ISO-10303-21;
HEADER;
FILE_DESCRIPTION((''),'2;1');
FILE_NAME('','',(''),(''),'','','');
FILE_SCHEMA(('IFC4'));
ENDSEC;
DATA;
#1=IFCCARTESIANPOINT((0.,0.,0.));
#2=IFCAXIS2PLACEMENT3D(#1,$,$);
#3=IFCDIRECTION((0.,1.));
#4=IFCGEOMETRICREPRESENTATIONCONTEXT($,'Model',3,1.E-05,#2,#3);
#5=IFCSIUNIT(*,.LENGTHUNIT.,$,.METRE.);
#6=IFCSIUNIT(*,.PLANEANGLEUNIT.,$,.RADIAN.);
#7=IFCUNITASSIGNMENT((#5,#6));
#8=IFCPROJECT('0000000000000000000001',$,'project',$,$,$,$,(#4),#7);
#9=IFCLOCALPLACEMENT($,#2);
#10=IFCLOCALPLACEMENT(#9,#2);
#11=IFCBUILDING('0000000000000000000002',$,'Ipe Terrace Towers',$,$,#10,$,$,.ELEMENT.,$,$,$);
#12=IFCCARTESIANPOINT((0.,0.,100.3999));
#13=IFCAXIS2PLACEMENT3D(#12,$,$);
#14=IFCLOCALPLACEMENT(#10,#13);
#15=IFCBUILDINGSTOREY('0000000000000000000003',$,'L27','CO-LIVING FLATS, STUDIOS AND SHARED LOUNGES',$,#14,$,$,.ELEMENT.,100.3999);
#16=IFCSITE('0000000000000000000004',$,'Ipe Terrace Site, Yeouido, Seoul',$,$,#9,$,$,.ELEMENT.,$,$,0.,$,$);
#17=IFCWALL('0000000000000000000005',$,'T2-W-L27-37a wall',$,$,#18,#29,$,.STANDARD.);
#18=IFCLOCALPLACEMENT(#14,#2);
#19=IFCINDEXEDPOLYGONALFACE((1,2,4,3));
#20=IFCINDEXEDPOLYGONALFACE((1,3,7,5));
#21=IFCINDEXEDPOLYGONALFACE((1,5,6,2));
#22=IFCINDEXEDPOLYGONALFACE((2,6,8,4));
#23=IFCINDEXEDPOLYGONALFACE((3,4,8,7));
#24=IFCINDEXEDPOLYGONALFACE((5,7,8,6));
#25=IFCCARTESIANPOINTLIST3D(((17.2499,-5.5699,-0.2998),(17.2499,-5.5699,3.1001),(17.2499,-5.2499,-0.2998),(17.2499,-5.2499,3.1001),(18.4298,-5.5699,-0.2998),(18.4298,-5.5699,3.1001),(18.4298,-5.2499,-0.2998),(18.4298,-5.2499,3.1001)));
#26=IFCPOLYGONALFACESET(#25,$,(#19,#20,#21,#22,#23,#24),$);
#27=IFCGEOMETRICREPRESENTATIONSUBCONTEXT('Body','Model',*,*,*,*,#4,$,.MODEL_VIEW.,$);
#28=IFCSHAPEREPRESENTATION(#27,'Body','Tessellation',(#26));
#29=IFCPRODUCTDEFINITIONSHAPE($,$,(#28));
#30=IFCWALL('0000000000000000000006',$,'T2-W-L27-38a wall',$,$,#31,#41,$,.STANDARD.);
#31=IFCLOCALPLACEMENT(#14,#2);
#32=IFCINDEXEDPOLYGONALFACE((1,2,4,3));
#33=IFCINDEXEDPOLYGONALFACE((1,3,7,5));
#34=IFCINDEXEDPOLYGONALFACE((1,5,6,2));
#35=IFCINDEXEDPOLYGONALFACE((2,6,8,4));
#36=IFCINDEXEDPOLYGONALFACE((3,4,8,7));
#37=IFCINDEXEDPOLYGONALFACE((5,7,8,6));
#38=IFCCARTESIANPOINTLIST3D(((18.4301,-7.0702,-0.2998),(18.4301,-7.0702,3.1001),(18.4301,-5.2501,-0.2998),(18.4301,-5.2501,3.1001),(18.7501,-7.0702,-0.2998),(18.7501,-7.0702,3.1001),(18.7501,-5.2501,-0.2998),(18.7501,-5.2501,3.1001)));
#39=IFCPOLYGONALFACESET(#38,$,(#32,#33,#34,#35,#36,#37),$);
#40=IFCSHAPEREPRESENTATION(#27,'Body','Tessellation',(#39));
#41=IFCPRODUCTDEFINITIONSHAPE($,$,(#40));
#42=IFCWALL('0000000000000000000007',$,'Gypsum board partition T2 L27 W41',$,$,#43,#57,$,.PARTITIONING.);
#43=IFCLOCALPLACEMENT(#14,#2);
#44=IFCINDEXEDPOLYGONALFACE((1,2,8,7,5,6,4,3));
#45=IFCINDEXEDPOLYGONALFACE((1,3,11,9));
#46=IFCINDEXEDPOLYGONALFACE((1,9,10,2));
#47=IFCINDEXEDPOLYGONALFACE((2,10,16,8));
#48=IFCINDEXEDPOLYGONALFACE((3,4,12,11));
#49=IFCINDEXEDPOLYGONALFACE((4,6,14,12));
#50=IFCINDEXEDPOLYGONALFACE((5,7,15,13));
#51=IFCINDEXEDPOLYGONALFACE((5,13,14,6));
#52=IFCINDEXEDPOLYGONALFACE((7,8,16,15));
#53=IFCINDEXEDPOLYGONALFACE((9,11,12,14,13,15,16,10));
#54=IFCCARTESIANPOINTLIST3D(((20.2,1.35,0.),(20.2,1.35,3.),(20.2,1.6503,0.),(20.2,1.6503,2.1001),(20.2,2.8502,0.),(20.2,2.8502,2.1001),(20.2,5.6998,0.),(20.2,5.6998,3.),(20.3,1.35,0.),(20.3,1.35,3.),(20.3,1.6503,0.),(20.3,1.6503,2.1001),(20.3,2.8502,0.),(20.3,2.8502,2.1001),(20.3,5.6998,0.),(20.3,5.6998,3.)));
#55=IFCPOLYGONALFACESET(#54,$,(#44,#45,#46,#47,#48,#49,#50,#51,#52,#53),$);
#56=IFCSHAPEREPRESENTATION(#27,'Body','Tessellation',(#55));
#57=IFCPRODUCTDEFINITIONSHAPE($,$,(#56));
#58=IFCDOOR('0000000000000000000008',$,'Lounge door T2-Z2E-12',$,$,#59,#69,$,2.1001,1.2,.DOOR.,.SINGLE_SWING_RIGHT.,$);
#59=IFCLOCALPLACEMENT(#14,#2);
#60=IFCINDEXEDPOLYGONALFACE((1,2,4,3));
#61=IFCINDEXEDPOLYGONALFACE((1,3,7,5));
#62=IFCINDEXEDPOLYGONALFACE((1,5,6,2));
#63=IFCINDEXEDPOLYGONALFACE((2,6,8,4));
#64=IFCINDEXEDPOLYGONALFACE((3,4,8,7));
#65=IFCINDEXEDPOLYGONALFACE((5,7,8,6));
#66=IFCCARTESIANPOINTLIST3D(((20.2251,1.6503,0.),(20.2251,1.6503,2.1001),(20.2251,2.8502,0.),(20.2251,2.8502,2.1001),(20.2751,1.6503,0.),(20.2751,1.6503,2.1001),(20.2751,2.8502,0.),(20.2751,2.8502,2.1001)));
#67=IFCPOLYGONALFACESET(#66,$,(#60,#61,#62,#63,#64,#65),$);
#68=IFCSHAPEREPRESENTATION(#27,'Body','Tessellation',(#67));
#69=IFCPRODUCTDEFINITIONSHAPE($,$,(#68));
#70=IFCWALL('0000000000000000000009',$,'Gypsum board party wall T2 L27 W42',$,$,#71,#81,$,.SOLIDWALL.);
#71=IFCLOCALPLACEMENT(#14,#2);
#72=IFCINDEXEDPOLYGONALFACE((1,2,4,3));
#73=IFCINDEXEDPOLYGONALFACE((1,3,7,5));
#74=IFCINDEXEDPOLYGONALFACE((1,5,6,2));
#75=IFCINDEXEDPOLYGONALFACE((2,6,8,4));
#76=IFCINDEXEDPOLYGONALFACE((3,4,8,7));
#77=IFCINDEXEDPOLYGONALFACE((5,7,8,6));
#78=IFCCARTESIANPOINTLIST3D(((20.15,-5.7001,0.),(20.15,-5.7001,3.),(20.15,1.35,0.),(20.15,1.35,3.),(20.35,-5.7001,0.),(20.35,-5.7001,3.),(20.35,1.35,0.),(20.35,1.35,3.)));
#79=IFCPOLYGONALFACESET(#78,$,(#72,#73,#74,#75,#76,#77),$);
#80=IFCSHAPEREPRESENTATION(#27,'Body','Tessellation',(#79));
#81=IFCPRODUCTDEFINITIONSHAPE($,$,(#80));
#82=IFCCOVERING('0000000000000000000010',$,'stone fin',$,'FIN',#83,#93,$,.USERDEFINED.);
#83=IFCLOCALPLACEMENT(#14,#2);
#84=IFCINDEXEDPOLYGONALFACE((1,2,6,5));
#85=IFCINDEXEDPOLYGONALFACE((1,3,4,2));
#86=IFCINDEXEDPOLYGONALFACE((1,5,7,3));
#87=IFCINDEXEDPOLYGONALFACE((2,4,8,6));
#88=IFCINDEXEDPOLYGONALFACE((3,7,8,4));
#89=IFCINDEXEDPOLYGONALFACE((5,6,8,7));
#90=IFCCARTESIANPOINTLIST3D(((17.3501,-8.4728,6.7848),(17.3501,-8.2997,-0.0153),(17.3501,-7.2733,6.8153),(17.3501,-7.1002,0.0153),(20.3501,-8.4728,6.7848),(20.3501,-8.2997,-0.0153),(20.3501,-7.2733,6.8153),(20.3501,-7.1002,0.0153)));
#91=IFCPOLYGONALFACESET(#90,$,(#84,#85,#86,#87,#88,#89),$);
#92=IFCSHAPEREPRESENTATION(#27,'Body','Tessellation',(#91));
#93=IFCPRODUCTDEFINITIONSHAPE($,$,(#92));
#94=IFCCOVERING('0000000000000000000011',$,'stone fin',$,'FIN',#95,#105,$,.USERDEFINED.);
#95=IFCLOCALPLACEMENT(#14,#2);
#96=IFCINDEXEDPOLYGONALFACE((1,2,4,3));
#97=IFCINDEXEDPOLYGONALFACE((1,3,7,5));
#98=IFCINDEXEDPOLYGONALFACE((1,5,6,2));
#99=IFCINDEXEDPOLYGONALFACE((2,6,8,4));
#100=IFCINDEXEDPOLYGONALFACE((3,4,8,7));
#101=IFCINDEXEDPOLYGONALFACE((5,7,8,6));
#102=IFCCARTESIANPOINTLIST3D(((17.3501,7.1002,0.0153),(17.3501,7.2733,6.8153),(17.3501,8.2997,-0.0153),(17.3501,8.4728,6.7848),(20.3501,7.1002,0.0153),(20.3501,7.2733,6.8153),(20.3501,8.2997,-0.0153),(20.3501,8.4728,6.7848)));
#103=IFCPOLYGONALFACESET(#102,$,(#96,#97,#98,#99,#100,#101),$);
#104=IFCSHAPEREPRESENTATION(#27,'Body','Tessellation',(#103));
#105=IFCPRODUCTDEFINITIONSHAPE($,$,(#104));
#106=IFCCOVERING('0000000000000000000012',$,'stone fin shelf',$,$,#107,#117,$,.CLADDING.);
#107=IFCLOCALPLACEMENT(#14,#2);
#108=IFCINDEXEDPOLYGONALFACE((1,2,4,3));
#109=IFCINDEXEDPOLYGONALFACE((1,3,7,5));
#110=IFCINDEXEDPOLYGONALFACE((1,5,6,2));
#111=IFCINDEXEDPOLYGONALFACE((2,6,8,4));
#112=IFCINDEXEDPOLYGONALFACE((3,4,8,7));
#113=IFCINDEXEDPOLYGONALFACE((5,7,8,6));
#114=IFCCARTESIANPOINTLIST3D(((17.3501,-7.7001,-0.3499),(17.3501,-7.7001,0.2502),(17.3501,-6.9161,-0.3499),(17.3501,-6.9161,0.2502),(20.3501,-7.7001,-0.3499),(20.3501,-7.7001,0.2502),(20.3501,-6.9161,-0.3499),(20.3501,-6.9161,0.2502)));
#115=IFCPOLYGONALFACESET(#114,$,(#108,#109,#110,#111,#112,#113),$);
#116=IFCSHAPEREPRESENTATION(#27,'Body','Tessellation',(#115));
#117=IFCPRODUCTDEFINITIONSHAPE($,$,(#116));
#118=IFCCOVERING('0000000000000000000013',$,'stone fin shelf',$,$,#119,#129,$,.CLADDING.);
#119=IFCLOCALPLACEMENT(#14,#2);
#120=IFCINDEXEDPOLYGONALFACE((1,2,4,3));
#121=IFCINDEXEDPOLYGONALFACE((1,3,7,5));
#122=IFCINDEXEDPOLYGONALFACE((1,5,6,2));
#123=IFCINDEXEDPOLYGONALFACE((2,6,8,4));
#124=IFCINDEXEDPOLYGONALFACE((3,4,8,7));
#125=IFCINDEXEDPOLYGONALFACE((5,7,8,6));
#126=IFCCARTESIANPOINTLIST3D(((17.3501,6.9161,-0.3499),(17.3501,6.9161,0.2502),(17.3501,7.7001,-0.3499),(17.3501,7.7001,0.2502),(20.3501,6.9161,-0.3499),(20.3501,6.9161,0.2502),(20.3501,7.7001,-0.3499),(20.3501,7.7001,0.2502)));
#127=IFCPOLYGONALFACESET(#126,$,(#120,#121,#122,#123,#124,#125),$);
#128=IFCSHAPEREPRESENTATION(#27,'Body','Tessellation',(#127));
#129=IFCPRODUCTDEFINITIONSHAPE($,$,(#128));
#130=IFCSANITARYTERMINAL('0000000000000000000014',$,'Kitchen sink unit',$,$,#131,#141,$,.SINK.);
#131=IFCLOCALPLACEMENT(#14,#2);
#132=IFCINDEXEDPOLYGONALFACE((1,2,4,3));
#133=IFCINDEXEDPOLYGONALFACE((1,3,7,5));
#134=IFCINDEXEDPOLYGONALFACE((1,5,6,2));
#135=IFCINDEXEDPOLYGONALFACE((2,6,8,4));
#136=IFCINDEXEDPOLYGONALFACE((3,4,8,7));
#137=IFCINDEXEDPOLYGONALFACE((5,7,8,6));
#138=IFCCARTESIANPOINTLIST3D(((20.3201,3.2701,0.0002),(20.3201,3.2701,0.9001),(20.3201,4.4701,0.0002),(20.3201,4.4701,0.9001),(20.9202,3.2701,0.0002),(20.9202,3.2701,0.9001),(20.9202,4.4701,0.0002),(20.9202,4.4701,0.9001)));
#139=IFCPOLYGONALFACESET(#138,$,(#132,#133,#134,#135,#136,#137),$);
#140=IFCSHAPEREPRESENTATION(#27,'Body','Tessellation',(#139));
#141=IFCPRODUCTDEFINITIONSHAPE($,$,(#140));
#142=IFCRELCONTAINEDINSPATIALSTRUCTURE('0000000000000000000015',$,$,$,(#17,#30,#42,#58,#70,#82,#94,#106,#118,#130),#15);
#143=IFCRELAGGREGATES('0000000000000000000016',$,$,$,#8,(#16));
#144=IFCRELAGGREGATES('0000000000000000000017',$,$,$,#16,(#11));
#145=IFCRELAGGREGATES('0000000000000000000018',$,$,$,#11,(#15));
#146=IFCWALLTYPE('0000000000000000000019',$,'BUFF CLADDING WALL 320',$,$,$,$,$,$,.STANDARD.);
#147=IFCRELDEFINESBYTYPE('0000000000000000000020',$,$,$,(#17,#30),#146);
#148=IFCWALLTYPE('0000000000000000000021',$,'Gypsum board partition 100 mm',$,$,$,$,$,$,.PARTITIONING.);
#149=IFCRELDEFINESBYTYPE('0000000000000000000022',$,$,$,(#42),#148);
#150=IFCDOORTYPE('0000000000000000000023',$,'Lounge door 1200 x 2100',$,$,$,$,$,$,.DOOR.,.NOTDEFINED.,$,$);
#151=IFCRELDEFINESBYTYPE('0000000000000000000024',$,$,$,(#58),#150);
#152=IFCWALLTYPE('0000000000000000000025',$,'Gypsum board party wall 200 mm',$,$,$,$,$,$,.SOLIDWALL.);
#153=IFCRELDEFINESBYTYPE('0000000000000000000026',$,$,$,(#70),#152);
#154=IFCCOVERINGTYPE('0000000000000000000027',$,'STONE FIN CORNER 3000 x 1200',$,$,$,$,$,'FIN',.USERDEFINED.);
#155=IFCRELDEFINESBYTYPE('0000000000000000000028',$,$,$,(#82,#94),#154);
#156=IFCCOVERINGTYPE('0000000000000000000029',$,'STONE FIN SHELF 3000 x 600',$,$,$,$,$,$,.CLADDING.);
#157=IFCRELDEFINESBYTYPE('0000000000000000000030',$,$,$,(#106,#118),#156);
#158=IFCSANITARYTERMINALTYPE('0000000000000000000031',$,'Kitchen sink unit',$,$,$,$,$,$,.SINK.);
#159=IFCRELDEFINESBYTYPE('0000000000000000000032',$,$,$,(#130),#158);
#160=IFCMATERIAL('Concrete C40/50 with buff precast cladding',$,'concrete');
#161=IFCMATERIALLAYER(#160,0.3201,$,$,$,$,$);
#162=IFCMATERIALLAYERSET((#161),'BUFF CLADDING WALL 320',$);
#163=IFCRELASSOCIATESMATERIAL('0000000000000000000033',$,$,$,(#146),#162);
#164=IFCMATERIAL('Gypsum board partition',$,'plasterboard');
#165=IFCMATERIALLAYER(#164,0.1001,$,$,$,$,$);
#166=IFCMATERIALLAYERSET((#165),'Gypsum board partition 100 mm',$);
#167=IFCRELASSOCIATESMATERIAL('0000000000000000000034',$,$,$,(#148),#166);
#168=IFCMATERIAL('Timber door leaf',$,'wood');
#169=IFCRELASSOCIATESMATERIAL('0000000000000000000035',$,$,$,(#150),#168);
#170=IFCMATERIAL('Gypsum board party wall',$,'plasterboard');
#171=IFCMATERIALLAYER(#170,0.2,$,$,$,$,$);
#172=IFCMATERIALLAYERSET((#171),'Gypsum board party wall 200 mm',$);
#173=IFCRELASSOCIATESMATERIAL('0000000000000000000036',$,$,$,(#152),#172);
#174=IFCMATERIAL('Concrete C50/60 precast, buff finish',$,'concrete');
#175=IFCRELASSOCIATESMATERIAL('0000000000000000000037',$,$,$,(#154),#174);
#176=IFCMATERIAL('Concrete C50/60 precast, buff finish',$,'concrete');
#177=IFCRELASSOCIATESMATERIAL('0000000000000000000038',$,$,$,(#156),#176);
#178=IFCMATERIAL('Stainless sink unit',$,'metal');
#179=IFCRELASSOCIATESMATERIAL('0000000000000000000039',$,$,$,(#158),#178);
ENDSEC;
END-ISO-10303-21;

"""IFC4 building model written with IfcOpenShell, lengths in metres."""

from ifc_helpers import new_model, si_unit, direction, frame, frame_2d, origin, origin_2d, place, context, subcontext, project, spatial, rectangle, extrude, material, layer, layer_set, material_profile, profile_set, type_object, element, fill, save


model = new_model("IFC4")

# Units and contexts
model_context = context("Model", 3, precision=1e-05, world=origin(), true_north=direction((0.0, 1.0)))
body_context = subcontext(model_context, "Body", "Model", "MODEL_VIEW")
ifc_project = project(units=[si_unit("LENGTHUNIT", "METRE"), si_unit("PLANEANGLEUNIT", "RADIAN")], contexts=[model_context])

# Site, building, storey
site_placement = place(None, origin())
site = spatial("IfcSite", under=ifc_project, at=site_placement, Name="Ipe Terrace Site, Yeouido, Seoul", CompositionType="ELEMENT", RefElevation=0.0)
building_placement = place(site_placement, origin())
building = spatial("IfcBuilding", under=site, at=building_placement, Name="Ipe Terrace Towers", CompositionType="ELEMENT")
storey_placement = place(building_placement, frame((0.0, 0.0, 100.3999)))
storey = spatial("IfcBuildingStorey", under=building, at=storey_placement, Name="L27", Description="CO-LIVING FLATS, STUDIOS AND SHARED LOUNGES", CompositionType="ELEMENT", Elevation=100.3999)

# Walls
ifc_material_1 = material(Name="Concrete C40/50 with buff precast cladding", Category="concrete")
ifc_layer_1 = layer(ifc_material_1, 0.3201)
ifc_layer_set_1 = layer_set([ifc_layer_1], Name="BUFF CLADDING WALL 320")
wall_type_1 = type_object("IfcWallType", Name="BUFF CLADDING WALL 320", PredefinedType="STANDARD", material=ifc_layer_set_1)
wall_1_placement = place(storey_placement, frame((17.25, -5.4099, -0.2998), z_axis=(0.0, 0.0, 1.0), x_axis=(1.0, 0.0, 0.0)))
element("IfcWall", 1, at=wall_1_placement, inside=storey, type_object=wall_type_1, Name="T2-W-L27-37a wall", PredefinedType="STANDARD", context=body_context, shape_type="SweptSolid", body=[
    extrude(rectangle(XDim=1.1799, YDim=0.3201, at=frame_2d((0.5898, 0.0))), origin(), (0.0, 0.0, 1.0), 3.3999),
])
wall_2_placement = place(storey_placement, frame((18.5901, -5.25, -0.2998), z_axis=(0.0, 0.0, 1.0), x_axis=(0.0, -1.0, 0.0)))
element("IfcWall", 2, at=wall_2_placement, inside=storey, type_object=wall_type_1, Name="T2-W-L27-38a wall", PredefinedType="STANDARD", context=body_context, shape_type="SweptSolid", body=[
    extrude(rectangle(XDim=1.8201, YDim=0.3201, at=frame_2d((0.9102, 0.0))), origin(), (0.0, 0.0, 1.0), 3.3999),
])

# Wall, opening, door
ifc_material_2 = material(Name="Gypsum board partition", Category="plasterboard")
ifc_layer_2 = layer(ifc_material_2, 0.1001)
ifc_layer_set_2 = layer_set([ifc_layer_2], Name="Gypsum board partition 100 mm")
wall_type_2 = type_object("IfcWallType", Name="Gypsum board partition 100 mm", PredefinedType="PARTITIONING", material=ifc_layer_set_2)
wall_3_placement = place(storey_placement, frame((20.25, 1.3501, 0.0), z_axis=(0.0, 0.0, 1.0), x_axis=(0.0, 1.0, 0.0)))
wall_3 = element("IfcWall", 3, at=wall_3_placement, inside=storey, type_object=wall_type_2, Name="Gypsum board partition T2 L27 W41", PredefinedType="PARTITIONING", context=body_context, shape_type="SweptSolid", body=[
    extrude(rectangle(XDim=4.3499, YDim=0.1001, at=frame_2d((2.1748, 0.0))), origin(), (0.0, 0.0, 1.0), 3.0),
])
opening_placement = place(wall_3_placement, frame((0.3, 0.0, 0.0)))
opening = element("IfcOpeningElement", 4, at=opening_placement, cuts=wall_3, PredefinedType="OPENING", context=body_context, shape_type="SweptSolid", body=[
    extrude(rectangle(XDim=1.2, YDim=2.1001, at=frame_2d((0.6001, 1.05))), frame((0.0, 0.0601, 0.0), z_axis=(0.0, -1.0, 0.0), x_axis=(1.0, 0.0, 0.0)), (0.0, 0.0, 1.0), 0.1201),
])
ifc_material_3 = material(Name="Timber door leaf", Category="wood")
door_type = type_object("IfcDoorType", Name="Lounge door 1200 x 2100", OperationType="NOTDEFINED", PredefinedType="DOOR", material=ifc_material_3)
door_placement = place(opening_placement, origin())
door = element("IfcDoor", 5, at=door_placement, inside=storey, type_object=door_type, Name="Lounge door T2-Z2E-12", OperationType="SINGLE_SWING_RIGHT", OverallHeight=2.1001, OverallWidth=1.2, PredefinedType="DOOR", context=body_context, shape_type="SweptSolid", body=[
    extrude(rectangle(XDim=1.2, YDim=2.1001, at=frame_2d((0.6001, 1.05))), frame((0.0, 0.0249, 0.0), z_axis=(0.0, -1.0, 0.0), x_axis=(1.0, 0.0, 0.0)), (0.0, 0.0, 1.0), 0.05),
])
fill(opening, door)

# Wall
ifc_material_4 = material(Name="Gypsum board party wall", Category="plasterboard")
ifc_layer_3 = layer(ifc_material_4, 0.2)
ifc_layer_set_3 = layer_set([ifc_layer_3], Name="Gypsum board party wall 200 mm")
wall_type_3 = type_object("IfcWallType", Name="Gypsum board party wall 200 mm", PredefinedType="SOLIDWALL", material=ifc_layer_set_3)
wall_4_placement = place(storey_placement, frame((20.25, -5.7, 0.0), z_axis=(0.0, 0.0, 1.0), x_axis=(0.0, 1.0, 0.0)))
element("IfcWall", 6, at=wall_4_placement, inside=storey, type_object=wall_type_3, Name="Gypsum board party wall T2 L27 W42", PredefinedType="SOLIDWALL", context=body_context, shape_type="SweptSolid", body=[
    extrude(rectangle(XDim=7.05, YDim=0.2, at=frame_2d((3.5249, 0.0))), origin(), (0.0, 0.0, 1.0), 3.0),
])

# Coverings
ifc_material_5 = material(Name="Concrete C50/60 precast, buff finish", Category="concrete")
ifc_material_profile_1 = material_profile(ifc_material_5, rectangle(XDim=3.0, YDim=1.2, at=origin_2d()), Name="STONE FIN CORNER 3000 x 1200")
ifc_profile_set_1 = profile_set([ifc_material_profile_1], Name="Concrete C50/60 precast, buff finish")
covering_type_1 = type_object("IfcCoveringType", Name="STONE FIN CORNER 3000 x 1200", ElementType="FIN", PredefinedType="USERDEFINED", material=ifc_profile_set_1)
for number, where, z_axis, x_axis, name in (
    (7, (18.8501, -7.7, 0.0), (0.0, -0.025447, 0.999676), (1.0, 0.0, 0.0), "stone fin"),
    (8, (18.8501, 7.7, 0.0), (0.0, 0.025447, 0.999676), (-1.0, 0.0, 0.0), "stone fin"),
):
    element("IfcCovering", number, at=place(storey_placement, frame(where, z_axis=z_axis, x_axis=x_axis)), inside=storey, type_object=covering_type_1, Name=name, ObjectType="FIN", PredefinedType="USERDEFINED", context=body_context, shape_type="SweptSolid", body=[
        extrude(rectangle(XDim=3.0, YDim=1.2, at=origin_2d()), origin(), (0.0, 0.0, 1.0), 6.8022),
    ])
ifc_material_6 = material(Name="Concrete C50/60 precast, buff finish", Category="concrete")
covering_type_2 = type_object("IfcCoveringType", Name="STONE FIN SHELF 3000 x 600", PredefinedType="CLADDING", material=ifc_material_6)
for number, where, z_axis, x_axis, name in (
    (9, (18.8501, -7.3081, -0.3499), (0.0, 0.0, 1.0), (1.0, 0.0, 0.0), "stone fin shelf"),
    (10, (18.8501, 7.3081, -0.3499), (0.0, 0.0, 1.0), (-1.0, 0.0, 0.0), "stone fin shelf"),
):
    element("IfcCovering", number, at=place(storey_placement, frame(where, z_axis=z_axis, x_axis=x_axis)), inside=storey, type_object=covering_type_2, Name=name, PredefinedType="CLADDING", context=body_context, shape_type="SweptSolid", body=[
        extrude(rectangle(XDim=3.0, YDim=0.7839, at=origin_2d()), origin(), (0.0, 0.0, 1.0), 0.6001),
    ])

# Sanitary terminal
ifc_material_7 = material(Name="Stainless sink unit", Category="metal")
sanitary_terminal_type = type_object("IfcSanitaryTerminalType", Name="Kitchen sink unit", PredefinedType="SINK", material=ifc_material_7)
sanitary_terminal_placement = place(storey_placement, frame((20.6201, 3.8701, 0.0002), z_axis=(0.0, 0.0, 1.0), x_axis=(0.0, 1.0, 0.0)))
element("IfcSanitaryTerminal", 11, at=sanitary_terminal_placement, inside=storey, type_object=sanitary_terminal_type, Name="Kitchen sink unit", PredefinedType="SINK", context=body_context, shape_type="SweptSolid", body=[
    extrude(rectangle(XDim=1.2, YDim=0.6001, at=origin_2d()), origin(), (0.0, 0.0, 1.0), 0.8999),
])

save(model, "model.ifc")
